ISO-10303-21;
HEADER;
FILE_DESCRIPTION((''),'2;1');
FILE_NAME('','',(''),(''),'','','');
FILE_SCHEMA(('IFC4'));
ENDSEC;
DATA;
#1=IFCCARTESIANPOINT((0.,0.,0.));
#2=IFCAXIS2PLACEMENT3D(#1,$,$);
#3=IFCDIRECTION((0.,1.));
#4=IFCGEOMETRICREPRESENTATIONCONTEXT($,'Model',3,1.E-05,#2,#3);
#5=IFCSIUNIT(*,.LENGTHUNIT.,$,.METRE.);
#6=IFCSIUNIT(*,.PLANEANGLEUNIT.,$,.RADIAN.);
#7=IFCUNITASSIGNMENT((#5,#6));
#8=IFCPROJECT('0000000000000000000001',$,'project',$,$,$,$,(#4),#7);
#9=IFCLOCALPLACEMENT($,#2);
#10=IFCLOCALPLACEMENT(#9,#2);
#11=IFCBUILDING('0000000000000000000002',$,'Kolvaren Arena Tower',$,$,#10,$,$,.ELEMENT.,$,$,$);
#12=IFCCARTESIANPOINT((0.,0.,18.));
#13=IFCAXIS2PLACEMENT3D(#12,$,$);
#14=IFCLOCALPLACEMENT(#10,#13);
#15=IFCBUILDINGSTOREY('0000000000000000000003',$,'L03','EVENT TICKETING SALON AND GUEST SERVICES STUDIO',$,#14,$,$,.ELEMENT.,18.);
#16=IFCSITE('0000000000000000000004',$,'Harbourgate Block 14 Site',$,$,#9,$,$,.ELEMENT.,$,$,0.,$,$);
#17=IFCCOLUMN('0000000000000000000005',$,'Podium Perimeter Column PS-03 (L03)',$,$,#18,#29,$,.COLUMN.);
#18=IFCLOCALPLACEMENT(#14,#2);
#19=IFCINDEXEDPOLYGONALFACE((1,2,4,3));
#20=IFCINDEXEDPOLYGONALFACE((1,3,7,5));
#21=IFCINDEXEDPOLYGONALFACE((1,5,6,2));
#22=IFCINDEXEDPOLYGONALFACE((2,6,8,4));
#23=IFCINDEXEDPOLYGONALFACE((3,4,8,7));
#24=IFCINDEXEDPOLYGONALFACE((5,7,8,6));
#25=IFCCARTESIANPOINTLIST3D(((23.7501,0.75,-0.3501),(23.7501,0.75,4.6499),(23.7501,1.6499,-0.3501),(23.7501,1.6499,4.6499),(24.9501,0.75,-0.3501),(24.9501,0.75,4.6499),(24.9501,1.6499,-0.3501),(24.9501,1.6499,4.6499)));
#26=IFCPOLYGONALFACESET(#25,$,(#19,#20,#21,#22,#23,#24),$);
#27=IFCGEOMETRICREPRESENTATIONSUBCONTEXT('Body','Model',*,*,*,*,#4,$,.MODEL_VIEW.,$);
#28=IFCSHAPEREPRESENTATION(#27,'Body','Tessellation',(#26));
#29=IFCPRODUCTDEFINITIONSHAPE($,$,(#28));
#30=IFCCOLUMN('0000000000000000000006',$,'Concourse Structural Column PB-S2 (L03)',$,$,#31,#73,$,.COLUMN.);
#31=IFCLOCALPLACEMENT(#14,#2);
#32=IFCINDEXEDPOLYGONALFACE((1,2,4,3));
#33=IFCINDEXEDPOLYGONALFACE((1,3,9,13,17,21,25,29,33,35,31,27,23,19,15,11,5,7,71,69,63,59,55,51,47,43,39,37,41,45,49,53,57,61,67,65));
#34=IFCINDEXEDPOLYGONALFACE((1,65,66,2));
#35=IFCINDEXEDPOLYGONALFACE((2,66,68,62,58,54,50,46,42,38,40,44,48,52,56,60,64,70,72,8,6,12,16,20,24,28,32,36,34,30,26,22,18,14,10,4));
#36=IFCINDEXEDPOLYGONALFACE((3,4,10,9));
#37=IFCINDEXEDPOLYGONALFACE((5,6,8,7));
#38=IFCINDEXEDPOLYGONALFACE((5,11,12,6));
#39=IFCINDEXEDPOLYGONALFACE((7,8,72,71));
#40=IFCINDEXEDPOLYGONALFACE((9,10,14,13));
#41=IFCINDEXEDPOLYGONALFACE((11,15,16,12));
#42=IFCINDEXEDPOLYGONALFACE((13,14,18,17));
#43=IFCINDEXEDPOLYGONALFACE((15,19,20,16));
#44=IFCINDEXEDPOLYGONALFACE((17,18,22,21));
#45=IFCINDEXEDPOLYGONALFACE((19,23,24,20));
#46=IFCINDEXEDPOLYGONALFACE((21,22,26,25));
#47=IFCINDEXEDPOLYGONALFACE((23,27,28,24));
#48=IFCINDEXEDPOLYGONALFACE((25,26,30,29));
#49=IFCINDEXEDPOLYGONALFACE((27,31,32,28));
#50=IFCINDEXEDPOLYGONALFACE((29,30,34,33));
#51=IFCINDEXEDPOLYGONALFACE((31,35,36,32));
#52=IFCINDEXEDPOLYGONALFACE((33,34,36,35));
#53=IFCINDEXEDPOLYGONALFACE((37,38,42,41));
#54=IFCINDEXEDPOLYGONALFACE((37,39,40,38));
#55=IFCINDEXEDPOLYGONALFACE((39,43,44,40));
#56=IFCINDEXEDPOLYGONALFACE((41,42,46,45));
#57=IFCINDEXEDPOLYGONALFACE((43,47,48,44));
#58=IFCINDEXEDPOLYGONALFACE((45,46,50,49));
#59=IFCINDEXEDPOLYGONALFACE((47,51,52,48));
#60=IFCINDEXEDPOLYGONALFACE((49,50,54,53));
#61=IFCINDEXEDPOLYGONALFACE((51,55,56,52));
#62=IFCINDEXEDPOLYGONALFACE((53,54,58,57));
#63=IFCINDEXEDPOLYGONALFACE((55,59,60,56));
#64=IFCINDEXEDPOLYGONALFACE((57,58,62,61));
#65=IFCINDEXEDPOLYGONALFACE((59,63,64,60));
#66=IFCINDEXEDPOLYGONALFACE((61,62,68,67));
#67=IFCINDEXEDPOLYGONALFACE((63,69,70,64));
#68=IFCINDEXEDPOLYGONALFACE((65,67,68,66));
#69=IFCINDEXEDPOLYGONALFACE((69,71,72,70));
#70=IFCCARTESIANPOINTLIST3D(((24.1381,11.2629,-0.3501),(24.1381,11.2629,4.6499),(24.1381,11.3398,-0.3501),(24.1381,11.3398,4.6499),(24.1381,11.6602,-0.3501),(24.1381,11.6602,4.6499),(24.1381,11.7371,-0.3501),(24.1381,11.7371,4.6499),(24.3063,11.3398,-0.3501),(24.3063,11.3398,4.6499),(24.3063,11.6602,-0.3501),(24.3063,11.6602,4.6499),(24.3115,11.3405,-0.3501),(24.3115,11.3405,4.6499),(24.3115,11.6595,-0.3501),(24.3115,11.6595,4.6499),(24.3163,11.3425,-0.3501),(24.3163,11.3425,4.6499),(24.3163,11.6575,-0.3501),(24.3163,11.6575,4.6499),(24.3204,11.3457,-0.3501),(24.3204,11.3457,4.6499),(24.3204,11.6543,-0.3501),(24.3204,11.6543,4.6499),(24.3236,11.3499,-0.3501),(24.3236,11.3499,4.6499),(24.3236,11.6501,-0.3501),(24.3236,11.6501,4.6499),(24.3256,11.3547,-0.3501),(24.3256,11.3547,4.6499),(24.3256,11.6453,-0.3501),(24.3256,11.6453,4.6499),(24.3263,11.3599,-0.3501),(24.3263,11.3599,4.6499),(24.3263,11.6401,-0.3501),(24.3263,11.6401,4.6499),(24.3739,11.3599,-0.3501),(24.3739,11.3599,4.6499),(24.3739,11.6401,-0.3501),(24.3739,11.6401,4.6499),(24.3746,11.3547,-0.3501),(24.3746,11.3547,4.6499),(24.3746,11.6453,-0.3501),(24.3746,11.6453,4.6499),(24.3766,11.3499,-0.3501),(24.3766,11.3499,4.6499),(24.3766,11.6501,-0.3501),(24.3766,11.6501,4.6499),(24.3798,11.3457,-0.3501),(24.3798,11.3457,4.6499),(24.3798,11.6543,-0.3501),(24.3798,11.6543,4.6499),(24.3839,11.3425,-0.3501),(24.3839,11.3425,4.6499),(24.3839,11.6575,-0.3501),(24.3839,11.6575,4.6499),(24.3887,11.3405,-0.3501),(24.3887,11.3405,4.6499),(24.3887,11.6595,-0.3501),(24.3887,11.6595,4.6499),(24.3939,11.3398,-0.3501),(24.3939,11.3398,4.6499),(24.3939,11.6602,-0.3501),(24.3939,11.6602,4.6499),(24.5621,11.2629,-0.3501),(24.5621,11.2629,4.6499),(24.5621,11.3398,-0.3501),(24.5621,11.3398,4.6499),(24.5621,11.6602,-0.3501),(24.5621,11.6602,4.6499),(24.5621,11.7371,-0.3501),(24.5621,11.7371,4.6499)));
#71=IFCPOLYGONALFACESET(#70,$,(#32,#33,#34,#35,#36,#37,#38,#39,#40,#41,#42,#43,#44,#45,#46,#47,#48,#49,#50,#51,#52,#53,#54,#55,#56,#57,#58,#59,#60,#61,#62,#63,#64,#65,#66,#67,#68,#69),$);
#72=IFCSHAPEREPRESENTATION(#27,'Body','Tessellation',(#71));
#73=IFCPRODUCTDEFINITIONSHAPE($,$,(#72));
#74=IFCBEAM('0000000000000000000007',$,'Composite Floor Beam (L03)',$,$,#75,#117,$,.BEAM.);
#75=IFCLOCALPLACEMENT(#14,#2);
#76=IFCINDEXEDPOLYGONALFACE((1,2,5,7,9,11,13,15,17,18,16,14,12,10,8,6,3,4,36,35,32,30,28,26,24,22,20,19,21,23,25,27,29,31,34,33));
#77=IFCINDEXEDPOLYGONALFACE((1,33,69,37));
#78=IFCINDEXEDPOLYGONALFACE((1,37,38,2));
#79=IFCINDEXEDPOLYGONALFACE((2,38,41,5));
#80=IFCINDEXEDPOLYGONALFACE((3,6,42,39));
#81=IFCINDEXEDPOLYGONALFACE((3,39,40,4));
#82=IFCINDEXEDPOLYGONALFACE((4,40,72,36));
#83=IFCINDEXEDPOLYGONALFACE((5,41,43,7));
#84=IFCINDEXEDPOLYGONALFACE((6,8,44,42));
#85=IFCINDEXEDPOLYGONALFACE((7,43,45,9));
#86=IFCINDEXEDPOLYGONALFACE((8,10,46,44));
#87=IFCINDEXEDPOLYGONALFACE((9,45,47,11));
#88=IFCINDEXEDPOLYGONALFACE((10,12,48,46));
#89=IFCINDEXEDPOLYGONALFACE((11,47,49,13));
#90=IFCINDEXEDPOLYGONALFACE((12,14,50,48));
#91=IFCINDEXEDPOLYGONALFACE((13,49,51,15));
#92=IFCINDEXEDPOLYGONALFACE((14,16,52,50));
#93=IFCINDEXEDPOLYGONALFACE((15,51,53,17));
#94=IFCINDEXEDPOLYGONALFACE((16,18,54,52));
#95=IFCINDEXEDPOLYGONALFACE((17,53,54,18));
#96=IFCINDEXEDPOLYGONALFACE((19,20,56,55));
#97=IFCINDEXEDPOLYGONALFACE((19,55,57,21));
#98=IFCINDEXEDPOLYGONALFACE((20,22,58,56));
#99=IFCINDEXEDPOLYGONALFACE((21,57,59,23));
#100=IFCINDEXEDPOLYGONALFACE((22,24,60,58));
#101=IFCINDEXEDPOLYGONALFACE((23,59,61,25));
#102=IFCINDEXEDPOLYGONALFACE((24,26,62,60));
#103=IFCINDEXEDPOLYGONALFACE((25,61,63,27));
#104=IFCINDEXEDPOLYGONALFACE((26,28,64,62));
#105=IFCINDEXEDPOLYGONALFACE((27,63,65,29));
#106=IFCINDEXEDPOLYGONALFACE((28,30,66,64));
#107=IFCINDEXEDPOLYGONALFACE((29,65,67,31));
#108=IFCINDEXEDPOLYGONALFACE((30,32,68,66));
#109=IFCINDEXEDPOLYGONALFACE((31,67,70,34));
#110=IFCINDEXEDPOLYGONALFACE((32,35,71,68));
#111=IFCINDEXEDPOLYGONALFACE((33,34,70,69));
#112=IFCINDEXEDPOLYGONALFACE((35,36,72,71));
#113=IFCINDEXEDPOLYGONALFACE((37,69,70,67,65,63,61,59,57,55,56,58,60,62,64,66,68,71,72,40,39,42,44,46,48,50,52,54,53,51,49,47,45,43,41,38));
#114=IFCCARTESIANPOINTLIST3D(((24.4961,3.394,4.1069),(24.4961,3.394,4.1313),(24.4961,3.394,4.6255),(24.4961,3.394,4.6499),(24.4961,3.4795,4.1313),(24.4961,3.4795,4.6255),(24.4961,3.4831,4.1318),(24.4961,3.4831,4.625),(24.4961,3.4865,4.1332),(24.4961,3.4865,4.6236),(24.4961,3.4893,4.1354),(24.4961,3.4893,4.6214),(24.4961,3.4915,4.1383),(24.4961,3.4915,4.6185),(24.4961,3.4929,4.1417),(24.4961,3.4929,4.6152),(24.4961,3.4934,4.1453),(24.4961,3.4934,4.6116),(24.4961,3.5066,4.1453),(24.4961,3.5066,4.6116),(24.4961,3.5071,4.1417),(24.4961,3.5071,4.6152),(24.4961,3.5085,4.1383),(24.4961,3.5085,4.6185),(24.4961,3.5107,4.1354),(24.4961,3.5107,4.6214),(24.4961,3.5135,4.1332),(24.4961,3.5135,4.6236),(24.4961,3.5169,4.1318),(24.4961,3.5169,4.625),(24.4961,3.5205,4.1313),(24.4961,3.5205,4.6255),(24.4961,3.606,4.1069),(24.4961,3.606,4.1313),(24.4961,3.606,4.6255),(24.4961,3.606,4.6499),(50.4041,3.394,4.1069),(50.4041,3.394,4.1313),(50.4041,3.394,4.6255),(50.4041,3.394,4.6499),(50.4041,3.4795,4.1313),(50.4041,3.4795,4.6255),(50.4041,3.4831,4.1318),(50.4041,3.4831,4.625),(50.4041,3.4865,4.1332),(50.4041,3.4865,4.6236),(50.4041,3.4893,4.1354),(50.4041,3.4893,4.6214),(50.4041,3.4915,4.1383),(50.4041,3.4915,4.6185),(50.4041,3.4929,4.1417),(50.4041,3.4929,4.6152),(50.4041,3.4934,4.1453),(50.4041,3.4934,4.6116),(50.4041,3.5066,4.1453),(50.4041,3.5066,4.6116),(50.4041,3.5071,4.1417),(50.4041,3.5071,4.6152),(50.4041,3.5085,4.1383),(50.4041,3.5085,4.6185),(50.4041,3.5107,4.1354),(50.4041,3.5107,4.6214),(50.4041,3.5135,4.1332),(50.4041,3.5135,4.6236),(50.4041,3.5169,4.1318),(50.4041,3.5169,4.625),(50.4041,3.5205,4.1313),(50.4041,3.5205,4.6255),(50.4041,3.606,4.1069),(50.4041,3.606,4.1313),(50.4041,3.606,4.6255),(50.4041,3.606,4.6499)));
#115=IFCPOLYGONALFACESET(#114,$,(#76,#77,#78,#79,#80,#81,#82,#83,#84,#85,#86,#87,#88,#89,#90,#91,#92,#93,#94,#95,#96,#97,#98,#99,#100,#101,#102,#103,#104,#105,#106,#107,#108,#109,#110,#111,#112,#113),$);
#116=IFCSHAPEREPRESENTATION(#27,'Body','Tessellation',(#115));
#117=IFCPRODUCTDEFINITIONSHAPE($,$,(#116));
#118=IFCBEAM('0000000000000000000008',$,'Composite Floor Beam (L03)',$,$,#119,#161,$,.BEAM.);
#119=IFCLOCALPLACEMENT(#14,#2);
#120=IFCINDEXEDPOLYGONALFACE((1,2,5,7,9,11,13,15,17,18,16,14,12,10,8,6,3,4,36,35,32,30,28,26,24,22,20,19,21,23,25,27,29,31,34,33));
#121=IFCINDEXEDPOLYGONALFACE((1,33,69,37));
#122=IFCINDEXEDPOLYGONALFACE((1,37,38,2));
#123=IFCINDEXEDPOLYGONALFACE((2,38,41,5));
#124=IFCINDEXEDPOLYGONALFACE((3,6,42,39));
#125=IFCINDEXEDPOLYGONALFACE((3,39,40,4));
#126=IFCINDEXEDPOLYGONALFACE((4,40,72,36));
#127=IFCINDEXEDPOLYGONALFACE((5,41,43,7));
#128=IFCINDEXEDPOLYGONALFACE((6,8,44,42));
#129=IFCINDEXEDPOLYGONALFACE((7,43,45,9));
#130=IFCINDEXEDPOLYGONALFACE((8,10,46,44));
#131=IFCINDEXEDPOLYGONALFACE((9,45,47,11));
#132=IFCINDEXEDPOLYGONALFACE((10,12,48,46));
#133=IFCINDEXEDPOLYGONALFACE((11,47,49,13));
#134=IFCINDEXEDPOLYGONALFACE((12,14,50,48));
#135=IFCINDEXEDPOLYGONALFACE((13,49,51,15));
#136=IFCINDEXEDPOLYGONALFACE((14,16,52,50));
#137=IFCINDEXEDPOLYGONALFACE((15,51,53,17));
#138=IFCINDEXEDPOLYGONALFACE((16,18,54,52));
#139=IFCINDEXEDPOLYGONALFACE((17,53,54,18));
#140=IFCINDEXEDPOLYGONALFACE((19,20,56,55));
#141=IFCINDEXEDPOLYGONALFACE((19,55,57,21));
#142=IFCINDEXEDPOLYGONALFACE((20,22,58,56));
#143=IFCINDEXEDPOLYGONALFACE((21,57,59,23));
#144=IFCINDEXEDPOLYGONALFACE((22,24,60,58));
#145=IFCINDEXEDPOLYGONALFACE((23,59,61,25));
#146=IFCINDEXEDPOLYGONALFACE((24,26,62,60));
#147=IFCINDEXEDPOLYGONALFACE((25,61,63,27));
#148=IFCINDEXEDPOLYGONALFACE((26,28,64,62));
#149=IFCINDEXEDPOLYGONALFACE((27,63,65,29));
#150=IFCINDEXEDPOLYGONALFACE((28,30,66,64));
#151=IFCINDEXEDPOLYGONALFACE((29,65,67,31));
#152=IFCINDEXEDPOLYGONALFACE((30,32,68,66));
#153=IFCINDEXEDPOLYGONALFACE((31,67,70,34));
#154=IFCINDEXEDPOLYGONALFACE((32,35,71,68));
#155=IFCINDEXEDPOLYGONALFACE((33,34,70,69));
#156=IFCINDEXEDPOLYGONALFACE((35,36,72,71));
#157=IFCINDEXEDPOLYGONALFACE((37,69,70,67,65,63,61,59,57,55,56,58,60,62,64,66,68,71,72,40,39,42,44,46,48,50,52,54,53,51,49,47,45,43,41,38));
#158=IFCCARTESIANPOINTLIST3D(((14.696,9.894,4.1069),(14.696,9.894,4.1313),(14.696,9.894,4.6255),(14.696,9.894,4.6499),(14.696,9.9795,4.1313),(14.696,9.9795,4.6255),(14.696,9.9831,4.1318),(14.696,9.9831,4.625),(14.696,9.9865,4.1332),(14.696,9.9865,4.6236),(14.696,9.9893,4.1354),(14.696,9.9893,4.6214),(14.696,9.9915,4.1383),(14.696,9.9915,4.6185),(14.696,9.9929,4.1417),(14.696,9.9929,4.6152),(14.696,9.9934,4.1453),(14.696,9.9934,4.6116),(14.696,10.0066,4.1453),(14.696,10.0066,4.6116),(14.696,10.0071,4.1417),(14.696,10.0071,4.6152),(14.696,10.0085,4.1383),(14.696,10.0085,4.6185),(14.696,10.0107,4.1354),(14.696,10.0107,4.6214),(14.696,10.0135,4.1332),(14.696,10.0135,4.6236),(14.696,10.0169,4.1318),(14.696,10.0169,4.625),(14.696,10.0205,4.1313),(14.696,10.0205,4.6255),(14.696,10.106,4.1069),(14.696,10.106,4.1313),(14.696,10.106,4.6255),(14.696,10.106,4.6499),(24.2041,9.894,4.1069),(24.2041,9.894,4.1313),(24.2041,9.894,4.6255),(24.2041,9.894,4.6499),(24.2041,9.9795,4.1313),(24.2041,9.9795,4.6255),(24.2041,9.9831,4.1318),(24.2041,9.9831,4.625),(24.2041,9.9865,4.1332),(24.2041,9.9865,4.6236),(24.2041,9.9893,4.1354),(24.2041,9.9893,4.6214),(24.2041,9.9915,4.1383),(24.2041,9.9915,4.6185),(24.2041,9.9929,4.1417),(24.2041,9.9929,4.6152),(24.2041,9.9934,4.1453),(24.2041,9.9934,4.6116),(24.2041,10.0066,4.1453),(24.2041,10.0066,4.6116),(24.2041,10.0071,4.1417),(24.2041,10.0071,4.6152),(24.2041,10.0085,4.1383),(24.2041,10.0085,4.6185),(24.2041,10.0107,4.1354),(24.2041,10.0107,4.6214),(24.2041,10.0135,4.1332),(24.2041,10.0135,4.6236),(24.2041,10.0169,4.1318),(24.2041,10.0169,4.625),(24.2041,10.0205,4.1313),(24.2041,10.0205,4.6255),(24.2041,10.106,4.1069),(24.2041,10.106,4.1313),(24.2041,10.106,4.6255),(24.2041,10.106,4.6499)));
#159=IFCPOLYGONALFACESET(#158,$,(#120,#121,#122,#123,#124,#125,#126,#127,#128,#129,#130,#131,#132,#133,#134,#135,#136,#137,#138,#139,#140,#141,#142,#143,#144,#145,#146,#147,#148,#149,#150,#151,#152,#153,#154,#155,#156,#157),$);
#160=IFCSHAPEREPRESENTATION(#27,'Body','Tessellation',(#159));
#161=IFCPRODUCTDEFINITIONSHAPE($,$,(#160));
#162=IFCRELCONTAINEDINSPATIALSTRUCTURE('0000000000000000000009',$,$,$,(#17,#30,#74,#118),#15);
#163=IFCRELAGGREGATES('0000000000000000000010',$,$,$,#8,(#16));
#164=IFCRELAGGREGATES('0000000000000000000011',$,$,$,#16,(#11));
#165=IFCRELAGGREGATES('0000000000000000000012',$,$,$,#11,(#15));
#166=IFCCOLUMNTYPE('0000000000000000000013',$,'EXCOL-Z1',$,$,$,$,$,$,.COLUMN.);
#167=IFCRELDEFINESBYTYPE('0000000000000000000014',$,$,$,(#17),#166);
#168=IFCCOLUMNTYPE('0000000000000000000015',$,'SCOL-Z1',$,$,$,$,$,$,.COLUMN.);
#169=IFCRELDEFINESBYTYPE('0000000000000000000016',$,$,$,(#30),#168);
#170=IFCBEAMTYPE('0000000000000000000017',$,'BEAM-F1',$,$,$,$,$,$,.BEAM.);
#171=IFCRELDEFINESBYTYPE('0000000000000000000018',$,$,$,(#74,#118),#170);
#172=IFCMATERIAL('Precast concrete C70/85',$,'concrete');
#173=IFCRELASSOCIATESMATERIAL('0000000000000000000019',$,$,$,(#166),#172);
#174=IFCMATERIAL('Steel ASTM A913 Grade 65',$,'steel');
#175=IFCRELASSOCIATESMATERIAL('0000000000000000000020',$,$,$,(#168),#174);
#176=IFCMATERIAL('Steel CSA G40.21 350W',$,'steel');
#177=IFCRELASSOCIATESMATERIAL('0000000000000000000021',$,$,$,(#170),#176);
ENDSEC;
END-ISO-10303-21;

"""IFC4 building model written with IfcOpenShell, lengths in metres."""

from ifc_helpers import new_model, si_unit, direction, frame, origin, origin_2d, place, context, subcontext, project, spatial, rectangle, i_section, extrude, material, material_profile, profile_set, type_object, element, save


model = new_model("IFC4")

# Units and contexts
model_context = context("Model", 3, precision=1e-05, world=origin(), true_north=direction((0.0, 1.0)))
body_context = subcontext(model_context, "Body", "Model", "MODEL_VIEW")
ifc_project = project(units=[si_unit("LENGTHUNIT", "METRE"), si_unit("PLANEANGLEUNIT", "RADIAN")], contexts=[model_context])

# Site, building, storey
site_placement = place(None, origin())
site = spatial("IfcSite", under=ifc_project, at=site_placement, Name="Harbourgate Block 14 Site", CompositionType="ELEMENT", RefElevation=0.0)
building_placement = place(site_placement, origin())
building = spatial("IfcBuilding", under=site, at=building_placement, Name="Kolvaren Arena Tower", CompositionType="ELEMENT")
storey_placement = place(building_placement, frame((0.0, 0.0, 18.0)))
storey = spatial("IfcBuildingStorey", under=building, at=storey_placement, Name="L03", Description="EVENT TICKETING SALON AND GUEST SERVICES STUDIO", CompositionType="ELEMENT", Elevation=18.0)

# Columns
ifc_material_1 = material(Name="Precast concrete C70/85", Category="concrete")
ifc_material_profile_1 = material_profile(ifc_material_1, rectangle(XDim=1.2, YDim=0.8999, at=origin_2d()), Name="RC-1200x900")
ifc_profile_set_1 = profile_set([ifc_material_profile_1], Name="Precast concrete C70/85")
column_type_1 = type_object("IfcColumnType", Name="EXCOL-Z1", PredefinedType="COLUMN", material=ifc_profile_set_1)
column_1_placement = place(storey_placement, frame((24.3501, 1.2, -0.3501), z_axis=(0.0, 0.0, 1.0), x_axis=(1.0, 0.0, 0.0)))
element("IfcColumn", 1, at=column_1_placement, inside=storey, type_object=column_type_1, Name="Podium Perimeter Column PS-03 (L03)", PredefinedType="COLUMN", context=body_context, shape_type="SweptSolid", body=[
    extrude(rectangle(XDim=1.2, YDim=0.8999, at=origin_2d()), origin(), (0.0, 0.0, 1.0), 5.0),
])
ifc_material_2 = material(Name="Steel ASTM A913 Grade 65", Category="steel")
ifc_material_profile_2 = material_profile(ifc_material_2, i_section(OverallWidth=0.4241, OverallDepth=0.4741, WebThickness=0.0476, FlangeThickness=0.0769, FilletRadius=0.02, at=origin_2d()), Name="W360x634")
ifc_profile_set_2 = profile_set([ifc_material_profile_2], Name="Steel ASTM A913 Grade 65")
column_type_2 = type_object("IfcColumnType", Name="SCOL-Z1", PredefinedType="COLUMN", material=ifc_profile_set_2)
column_2_placement = place(storey_placement, frame((24.3501, 11.5, -0.3501), z_axis=(0.0, 0.0, 1.0), x_axis=(1.0, 0.0, 0.0)))
element("IfcColumn", 2, at=column_2_placement, inside=storey, type_object=column_type_2, Name="Concourse Structural Column PB-S2 (L03)", PredefinedType="COLUMN", context=body_context, shape_type="SweptSolid", body=[
    extrude(i_section(OverallWidth=0.4241, OverallDepth=0.4741, WebThickness=0.0476, FlangeThickness=0.0769, FilletRadius=0.02, at=origin_2d()), origin(), (0.0, 0.0, 1.0), 5.0),
])

# Beams
ifc_material_3 = material(Name="Steel CSA G40.21 350W", Category="steel")
ifc_material_profile_3 = material_profile(ifc_material_3, i_section(OverallWidth=0.2119, OverallDepth=0.543, WebThickness=0.0132, FlangeThickness=0.0244, FilletRadius=0.0139, at=origin_2d()), Name="W530x150")
ifc_profile_set_3 = profile_set([ifc_material_profile_3], Name="Steel CSA G40.21 350W")
beam_type_1 = type_object("IfcBeamType", Name="BEAM-F1", PredefinedType="BEAM", material=ifc_profile_set_3)
beam_1_placement = place(storey_placement, frame((24.4961, 3.5, 4.3784), z_axis=(1.0, 0.0, 0.0), x_axis=(0.0, 1.0, 0.0)))
element("IfcBeam", 3, at=beam_1_placement, inside=storey, type_object=beam_type_1, Name="Composite Floor Beam (L03)", PredefinedType="BEAM", context=body_context, shape_type="SweptSolid", body=[
    extrude(i_section(OverallWidth=0.2119, OverallDepth=0.543, WebThickness=0.0132, FlangeThickness=0.0244, FilletRadius=0.0139, at=origin_2d()), origin(), (0.0, 0.0, 1.0), 25.908),
])
beam_2_placement = place(storey_placement, frame((14.696, 10.0, 4.3784), z_axis=(1.0, 0.0, 0.0), x_axis=(0.0, 1.0, 0.0)))
element("IfcBeam", 4, at=beam_2_placement, inside=storey, type_object=beam_type_1, Name="Composite Floor Beam (L03)", PredefinedType="BEAM", context=body_context, shape_type="SweptSolid", body=[
    extrude(i_section(OverallWidth=0.2119, OverallDepth=0.543, WebThickness=0.0132, FlangeThickness=0.0244, FilletRadius=0.0139, at=origin_2d()), origin(), (0.0, 0.0, 1.0), 9.5081),
])

save(model, "model.ifc")
